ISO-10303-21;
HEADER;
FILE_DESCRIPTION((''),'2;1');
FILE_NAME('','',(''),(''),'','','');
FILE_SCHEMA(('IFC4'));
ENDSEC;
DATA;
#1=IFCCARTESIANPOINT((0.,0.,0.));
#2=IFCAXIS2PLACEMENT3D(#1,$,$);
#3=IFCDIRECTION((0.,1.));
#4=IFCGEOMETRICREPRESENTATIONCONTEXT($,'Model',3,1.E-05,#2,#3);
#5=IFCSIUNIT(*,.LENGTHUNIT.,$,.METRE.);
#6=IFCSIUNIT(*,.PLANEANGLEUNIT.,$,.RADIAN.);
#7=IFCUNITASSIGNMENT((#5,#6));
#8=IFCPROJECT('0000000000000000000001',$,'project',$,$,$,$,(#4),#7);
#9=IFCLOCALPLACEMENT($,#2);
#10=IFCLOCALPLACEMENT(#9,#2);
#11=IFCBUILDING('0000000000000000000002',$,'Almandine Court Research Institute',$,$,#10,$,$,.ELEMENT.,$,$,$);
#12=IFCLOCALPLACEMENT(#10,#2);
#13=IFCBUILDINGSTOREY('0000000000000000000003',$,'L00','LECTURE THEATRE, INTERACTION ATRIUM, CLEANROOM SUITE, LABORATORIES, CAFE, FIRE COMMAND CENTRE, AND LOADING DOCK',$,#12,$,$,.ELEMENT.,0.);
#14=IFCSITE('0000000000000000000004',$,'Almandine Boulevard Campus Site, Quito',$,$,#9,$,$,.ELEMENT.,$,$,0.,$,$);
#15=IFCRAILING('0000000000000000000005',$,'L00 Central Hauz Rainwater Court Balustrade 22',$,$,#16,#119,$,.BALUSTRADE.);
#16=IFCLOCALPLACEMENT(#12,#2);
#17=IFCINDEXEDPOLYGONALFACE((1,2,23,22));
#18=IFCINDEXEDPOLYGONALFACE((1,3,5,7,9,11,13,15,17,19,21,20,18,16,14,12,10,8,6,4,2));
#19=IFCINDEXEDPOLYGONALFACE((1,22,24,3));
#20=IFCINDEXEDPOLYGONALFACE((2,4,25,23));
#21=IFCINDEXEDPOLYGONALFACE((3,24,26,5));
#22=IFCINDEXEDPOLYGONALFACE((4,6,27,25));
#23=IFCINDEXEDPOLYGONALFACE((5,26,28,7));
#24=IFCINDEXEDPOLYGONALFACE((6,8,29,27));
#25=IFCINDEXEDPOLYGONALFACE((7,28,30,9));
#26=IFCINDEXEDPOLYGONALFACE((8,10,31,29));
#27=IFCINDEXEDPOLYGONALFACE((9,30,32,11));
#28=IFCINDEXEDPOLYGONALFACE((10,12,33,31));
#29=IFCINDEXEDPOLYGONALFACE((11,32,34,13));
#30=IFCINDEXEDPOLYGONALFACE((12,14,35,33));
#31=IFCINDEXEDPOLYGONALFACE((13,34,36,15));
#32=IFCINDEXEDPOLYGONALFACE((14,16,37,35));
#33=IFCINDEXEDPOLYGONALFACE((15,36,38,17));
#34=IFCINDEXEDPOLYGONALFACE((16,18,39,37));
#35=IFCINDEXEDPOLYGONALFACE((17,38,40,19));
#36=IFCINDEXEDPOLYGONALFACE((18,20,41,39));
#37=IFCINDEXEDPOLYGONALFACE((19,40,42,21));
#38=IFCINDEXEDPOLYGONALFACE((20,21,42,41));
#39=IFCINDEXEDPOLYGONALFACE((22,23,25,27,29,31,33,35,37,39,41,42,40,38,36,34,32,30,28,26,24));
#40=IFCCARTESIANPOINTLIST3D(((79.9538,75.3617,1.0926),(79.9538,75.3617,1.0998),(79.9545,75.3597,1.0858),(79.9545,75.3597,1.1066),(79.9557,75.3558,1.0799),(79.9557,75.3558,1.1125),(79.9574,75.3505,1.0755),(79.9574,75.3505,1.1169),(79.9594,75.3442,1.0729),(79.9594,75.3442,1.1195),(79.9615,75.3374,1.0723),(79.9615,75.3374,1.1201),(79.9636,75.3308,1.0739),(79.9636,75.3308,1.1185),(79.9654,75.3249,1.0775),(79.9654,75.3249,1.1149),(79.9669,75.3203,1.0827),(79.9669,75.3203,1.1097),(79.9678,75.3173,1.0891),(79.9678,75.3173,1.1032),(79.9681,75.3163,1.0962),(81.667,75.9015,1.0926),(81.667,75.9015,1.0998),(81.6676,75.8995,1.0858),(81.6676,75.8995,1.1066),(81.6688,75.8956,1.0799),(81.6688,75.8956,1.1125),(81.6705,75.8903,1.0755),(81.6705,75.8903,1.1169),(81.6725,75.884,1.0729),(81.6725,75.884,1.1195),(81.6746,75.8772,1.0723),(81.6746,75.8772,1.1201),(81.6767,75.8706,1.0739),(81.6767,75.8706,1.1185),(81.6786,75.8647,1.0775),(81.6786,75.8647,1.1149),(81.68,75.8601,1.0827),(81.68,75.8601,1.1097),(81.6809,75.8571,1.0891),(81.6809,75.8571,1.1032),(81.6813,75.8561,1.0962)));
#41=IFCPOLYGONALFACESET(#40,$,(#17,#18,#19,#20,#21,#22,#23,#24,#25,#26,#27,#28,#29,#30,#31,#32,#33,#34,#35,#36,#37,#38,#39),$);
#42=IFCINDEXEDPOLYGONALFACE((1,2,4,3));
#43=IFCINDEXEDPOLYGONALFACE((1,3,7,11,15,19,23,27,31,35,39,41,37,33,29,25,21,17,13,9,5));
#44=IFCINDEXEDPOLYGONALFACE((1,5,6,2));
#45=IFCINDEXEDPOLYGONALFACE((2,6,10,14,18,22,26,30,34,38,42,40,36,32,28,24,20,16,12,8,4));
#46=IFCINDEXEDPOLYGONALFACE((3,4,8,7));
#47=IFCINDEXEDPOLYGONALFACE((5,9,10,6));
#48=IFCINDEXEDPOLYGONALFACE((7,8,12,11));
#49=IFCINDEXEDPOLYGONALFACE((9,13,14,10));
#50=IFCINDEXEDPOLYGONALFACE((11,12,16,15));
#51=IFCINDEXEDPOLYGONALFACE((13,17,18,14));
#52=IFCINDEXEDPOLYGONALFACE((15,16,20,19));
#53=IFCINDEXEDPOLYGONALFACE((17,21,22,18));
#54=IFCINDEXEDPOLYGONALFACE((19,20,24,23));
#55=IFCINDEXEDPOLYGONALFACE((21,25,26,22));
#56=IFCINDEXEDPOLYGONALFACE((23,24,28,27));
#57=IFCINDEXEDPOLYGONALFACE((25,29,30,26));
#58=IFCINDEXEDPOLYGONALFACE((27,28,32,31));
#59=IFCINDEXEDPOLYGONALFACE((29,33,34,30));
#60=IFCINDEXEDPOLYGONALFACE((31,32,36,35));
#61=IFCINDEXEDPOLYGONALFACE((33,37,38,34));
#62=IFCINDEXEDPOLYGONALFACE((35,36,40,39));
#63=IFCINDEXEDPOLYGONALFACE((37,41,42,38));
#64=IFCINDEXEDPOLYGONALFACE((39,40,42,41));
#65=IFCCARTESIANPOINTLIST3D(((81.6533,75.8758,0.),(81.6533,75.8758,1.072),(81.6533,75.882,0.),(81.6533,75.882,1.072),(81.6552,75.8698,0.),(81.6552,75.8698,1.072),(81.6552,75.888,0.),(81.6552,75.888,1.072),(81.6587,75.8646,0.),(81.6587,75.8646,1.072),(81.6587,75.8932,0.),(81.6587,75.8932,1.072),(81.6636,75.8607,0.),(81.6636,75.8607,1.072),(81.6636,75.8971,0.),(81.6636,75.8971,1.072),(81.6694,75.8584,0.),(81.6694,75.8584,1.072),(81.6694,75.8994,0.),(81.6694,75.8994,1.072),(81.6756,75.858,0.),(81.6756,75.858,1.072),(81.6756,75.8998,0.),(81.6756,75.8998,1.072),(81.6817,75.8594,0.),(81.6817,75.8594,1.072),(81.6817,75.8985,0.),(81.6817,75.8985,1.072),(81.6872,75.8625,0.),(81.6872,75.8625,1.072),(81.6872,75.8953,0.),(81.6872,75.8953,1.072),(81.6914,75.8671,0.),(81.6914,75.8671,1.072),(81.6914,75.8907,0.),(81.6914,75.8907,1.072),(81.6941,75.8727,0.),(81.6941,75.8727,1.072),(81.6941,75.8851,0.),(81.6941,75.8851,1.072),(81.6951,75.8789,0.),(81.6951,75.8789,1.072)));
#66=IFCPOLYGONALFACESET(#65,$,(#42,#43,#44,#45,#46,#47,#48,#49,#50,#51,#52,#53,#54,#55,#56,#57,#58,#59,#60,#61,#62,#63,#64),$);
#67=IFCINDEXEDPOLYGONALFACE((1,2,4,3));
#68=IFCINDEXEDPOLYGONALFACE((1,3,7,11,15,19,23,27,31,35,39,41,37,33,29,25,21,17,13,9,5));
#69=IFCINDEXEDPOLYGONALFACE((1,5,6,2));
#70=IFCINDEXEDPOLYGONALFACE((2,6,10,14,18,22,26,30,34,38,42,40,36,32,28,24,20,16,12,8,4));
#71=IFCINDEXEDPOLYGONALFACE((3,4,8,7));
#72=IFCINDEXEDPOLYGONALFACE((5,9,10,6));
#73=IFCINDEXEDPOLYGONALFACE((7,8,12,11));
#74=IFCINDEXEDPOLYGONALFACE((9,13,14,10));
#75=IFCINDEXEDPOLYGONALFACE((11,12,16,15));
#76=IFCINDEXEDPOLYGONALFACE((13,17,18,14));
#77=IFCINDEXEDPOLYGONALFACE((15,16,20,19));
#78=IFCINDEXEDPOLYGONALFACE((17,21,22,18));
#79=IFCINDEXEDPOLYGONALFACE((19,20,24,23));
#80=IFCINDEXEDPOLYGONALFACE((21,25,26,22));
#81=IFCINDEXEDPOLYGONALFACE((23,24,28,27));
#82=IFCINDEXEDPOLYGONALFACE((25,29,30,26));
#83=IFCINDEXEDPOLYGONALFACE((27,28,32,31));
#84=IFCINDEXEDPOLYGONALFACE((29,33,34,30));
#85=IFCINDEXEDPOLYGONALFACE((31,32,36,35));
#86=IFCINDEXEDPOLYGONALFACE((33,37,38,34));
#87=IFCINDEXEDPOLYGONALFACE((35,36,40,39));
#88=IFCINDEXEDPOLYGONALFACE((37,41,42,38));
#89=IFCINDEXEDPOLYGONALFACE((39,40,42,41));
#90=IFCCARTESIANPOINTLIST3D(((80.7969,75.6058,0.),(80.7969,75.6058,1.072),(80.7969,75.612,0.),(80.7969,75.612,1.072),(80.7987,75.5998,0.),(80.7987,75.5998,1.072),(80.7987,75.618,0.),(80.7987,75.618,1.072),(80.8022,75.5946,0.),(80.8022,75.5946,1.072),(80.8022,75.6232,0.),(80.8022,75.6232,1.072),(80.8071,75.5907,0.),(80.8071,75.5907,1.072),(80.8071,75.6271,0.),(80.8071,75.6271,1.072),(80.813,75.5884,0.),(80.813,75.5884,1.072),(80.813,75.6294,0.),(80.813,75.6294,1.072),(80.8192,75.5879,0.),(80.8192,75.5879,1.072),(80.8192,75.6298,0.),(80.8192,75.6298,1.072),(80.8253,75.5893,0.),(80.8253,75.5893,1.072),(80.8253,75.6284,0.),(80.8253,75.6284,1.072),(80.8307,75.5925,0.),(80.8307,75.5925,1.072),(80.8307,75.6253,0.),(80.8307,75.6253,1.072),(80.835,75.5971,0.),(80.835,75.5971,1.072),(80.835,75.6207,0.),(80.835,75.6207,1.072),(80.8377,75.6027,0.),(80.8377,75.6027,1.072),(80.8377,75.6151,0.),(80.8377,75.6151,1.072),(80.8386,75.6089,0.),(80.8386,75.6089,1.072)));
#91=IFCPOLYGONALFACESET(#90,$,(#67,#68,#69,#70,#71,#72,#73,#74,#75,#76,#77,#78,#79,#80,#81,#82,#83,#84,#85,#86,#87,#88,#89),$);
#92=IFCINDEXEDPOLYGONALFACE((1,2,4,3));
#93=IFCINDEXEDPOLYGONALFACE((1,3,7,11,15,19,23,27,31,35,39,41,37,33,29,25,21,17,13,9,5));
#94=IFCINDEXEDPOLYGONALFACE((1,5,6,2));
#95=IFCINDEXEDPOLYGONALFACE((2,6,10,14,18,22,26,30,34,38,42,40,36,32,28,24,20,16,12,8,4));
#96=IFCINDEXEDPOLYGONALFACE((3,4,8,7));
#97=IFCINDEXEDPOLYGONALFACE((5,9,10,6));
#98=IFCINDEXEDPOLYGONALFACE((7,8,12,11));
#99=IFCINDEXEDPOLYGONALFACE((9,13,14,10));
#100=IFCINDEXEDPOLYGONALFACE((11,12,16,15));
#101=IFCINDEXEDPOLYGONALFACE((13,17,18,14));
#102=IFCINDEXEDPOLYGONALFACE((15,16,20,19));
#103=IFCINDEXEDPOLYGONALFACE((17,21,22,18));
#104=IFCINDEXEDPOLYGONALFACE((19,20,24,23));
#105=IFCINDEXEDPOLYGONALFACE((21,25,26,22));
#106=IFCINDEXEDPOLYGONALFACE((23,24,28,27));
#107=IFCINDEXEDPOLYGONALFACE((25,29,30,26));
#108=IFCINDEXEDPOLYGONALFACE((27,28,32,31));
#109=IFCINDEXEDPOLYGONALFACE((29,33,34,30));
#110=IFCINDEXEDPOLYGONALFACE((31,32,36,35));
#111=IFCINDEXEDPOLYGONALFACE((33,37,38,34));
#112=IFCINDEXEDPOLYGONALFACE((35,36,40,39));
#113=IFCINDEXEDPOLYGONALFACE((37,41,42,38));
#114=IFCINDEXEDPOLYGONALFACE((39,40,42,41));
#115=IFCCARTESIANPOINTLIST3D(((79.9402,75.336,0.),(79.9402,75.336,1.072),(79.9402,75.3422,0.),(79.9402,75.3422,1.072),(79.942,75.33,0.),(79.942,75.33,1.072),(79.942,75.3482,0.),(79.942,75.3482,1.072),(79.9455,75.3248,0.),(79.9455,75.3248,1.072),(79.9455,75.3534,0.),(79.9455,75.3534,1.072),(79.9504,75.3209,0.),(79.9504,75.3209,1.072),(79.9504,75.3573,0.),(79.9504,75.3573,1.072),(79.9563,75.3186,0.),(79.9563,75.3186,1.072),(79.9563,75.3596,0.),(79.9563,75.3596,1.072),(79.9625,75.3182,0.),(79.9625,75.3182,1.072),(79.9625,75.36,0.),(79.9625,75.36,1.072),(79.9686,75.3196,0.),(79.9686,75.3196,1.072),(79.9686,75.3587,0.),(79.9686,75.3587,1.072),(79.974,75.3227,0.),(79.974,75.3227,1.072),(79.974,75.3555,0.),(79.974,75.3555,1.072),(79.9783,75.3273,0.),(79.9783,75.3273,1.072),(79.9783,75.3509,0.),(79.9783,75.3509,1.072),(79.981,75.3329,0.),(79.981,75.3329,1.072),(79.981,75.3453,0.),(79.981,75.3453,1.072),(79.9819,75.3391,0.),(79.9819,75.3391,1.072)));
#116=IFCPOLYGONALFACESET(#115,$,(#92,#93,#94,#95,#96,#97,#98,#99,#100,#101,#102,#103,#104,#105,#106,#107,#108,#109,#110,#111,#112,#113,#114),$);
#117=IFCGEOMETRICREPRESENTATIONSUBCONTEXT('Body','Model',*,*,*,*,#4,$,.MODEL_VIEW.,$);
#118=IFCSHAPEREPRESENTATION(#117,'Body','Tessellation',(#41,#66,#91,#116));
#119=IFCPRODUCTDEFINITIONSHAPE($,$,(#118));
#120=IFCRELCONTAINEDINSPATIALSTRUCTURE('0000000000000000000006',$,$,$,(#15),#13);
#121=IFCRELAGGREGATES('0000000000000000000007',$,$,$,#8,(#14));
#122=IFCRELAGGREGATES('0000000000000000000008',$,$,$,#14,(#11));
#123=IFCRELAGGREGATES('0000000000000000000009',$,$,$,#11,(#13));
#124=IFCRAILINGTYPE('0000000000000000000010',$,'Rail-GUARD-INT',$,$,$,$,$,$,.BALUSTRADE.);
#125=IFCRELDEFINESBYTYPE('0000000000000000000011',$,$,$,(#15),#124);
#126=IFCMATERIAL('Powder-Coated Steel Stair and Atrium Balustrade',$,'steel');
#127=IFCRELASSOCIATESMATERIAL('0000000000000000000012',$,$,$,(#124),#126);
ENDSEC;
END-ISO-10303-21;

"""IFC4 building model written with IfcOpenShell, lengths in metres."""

from ifc_helpers import new_model, si_unit, direction, frame, origin, origin_2d, place, context, subcontext, project, spatial, circle, extrude, material, type_object, element, save


model = new_model("IFC4")

# Units and contexts
model_context = context("Model", 3, precision=1e-05, world=origin(), true_north=direction((0.0, 1.0)))
body_context = subcontext(model_context, "Body", "Model", "MODEL_VIEW")
ifc_project = project(units=[si_unit("LENGTHUNIT", "METRE"), si_unit("PLANEANGLEUNIT", "RADIAN")], contexts=[model_context])

# Site, building, storey
site_placement = place(None, origin())
site = spatial("IfcSite", under=ifc_project, at=site_placement, Name="Almandine Boulevard Campus Site, Quito", CompositionType="ELEMENT", RefElevation=0.0)
building_placement = place(site_placement, origin())
building = spatial("IfcBuilding", under=site, at=building_placement, Name="Almandine Court Research Institute", CompositionType="ELEMENT")
storey_placement = place(building_placement, origin())
storey = spatial("IfcBuildingStorey", under=building, at=storey_placement, Name="L00", Description="LECTURE THEATRE, INTERACTION ATRIUM, CLEANROOM SUITE, LABORATORIES, CAFE, FIRE COMMAND CENTRE, AND LOADING DOCK", CompositionType="ELEMENT", Elevation=0.0)

# Railing
ifc_material_1 = material(Name="Powder-Coated Steel Stair and Atrium Balustrade", Category="steel")
railing_type = type_object("IfcRailingType", Name="Rail-GUARD-INT", PredefinedType="BALUSTRADE", material=ifc_material_1)
railing_1_placement = place(storey_placement, frame((81.6741, 75.8789, 0.0)))
element("IfcRailing", 1, at=railing_1_placement, inside=storey, type_object=railing_type, Name="L00 Central Hauz Rainwater Court Balustrade 22", PredefinedType="BALUSTRADE", context=body_context, shape_type="SweptSolid", body=[
    extrude(circle(Radius=0.0239, at=origin_2d()), frame((0.0, 0.0, 1.0962), z_axis=(-0.953774, -0.300526, 0.0), x_axis=(0.300526, -0.953774, 0.0)), (0.0, 0.0, 1.0), 1.7961),
    extrude(circle(Radius=0.021, at=origin_2d()), origin(), (0.0, 0.0, 1.0), 1.072),
    extrude(circle(Radius=0.021, at=origin_2d()), frame((-0.8564, -0.27, 0.0)), (0.0, 0.0, 1.0), 1.072),
    extrude(circle(Radius=0.021, at=origin_2d()), frame((-1.7131, -0.5398, 0.0)), (0.0, 0.0, 1.0), 1.072),
])

save(model, "model.ifc")
